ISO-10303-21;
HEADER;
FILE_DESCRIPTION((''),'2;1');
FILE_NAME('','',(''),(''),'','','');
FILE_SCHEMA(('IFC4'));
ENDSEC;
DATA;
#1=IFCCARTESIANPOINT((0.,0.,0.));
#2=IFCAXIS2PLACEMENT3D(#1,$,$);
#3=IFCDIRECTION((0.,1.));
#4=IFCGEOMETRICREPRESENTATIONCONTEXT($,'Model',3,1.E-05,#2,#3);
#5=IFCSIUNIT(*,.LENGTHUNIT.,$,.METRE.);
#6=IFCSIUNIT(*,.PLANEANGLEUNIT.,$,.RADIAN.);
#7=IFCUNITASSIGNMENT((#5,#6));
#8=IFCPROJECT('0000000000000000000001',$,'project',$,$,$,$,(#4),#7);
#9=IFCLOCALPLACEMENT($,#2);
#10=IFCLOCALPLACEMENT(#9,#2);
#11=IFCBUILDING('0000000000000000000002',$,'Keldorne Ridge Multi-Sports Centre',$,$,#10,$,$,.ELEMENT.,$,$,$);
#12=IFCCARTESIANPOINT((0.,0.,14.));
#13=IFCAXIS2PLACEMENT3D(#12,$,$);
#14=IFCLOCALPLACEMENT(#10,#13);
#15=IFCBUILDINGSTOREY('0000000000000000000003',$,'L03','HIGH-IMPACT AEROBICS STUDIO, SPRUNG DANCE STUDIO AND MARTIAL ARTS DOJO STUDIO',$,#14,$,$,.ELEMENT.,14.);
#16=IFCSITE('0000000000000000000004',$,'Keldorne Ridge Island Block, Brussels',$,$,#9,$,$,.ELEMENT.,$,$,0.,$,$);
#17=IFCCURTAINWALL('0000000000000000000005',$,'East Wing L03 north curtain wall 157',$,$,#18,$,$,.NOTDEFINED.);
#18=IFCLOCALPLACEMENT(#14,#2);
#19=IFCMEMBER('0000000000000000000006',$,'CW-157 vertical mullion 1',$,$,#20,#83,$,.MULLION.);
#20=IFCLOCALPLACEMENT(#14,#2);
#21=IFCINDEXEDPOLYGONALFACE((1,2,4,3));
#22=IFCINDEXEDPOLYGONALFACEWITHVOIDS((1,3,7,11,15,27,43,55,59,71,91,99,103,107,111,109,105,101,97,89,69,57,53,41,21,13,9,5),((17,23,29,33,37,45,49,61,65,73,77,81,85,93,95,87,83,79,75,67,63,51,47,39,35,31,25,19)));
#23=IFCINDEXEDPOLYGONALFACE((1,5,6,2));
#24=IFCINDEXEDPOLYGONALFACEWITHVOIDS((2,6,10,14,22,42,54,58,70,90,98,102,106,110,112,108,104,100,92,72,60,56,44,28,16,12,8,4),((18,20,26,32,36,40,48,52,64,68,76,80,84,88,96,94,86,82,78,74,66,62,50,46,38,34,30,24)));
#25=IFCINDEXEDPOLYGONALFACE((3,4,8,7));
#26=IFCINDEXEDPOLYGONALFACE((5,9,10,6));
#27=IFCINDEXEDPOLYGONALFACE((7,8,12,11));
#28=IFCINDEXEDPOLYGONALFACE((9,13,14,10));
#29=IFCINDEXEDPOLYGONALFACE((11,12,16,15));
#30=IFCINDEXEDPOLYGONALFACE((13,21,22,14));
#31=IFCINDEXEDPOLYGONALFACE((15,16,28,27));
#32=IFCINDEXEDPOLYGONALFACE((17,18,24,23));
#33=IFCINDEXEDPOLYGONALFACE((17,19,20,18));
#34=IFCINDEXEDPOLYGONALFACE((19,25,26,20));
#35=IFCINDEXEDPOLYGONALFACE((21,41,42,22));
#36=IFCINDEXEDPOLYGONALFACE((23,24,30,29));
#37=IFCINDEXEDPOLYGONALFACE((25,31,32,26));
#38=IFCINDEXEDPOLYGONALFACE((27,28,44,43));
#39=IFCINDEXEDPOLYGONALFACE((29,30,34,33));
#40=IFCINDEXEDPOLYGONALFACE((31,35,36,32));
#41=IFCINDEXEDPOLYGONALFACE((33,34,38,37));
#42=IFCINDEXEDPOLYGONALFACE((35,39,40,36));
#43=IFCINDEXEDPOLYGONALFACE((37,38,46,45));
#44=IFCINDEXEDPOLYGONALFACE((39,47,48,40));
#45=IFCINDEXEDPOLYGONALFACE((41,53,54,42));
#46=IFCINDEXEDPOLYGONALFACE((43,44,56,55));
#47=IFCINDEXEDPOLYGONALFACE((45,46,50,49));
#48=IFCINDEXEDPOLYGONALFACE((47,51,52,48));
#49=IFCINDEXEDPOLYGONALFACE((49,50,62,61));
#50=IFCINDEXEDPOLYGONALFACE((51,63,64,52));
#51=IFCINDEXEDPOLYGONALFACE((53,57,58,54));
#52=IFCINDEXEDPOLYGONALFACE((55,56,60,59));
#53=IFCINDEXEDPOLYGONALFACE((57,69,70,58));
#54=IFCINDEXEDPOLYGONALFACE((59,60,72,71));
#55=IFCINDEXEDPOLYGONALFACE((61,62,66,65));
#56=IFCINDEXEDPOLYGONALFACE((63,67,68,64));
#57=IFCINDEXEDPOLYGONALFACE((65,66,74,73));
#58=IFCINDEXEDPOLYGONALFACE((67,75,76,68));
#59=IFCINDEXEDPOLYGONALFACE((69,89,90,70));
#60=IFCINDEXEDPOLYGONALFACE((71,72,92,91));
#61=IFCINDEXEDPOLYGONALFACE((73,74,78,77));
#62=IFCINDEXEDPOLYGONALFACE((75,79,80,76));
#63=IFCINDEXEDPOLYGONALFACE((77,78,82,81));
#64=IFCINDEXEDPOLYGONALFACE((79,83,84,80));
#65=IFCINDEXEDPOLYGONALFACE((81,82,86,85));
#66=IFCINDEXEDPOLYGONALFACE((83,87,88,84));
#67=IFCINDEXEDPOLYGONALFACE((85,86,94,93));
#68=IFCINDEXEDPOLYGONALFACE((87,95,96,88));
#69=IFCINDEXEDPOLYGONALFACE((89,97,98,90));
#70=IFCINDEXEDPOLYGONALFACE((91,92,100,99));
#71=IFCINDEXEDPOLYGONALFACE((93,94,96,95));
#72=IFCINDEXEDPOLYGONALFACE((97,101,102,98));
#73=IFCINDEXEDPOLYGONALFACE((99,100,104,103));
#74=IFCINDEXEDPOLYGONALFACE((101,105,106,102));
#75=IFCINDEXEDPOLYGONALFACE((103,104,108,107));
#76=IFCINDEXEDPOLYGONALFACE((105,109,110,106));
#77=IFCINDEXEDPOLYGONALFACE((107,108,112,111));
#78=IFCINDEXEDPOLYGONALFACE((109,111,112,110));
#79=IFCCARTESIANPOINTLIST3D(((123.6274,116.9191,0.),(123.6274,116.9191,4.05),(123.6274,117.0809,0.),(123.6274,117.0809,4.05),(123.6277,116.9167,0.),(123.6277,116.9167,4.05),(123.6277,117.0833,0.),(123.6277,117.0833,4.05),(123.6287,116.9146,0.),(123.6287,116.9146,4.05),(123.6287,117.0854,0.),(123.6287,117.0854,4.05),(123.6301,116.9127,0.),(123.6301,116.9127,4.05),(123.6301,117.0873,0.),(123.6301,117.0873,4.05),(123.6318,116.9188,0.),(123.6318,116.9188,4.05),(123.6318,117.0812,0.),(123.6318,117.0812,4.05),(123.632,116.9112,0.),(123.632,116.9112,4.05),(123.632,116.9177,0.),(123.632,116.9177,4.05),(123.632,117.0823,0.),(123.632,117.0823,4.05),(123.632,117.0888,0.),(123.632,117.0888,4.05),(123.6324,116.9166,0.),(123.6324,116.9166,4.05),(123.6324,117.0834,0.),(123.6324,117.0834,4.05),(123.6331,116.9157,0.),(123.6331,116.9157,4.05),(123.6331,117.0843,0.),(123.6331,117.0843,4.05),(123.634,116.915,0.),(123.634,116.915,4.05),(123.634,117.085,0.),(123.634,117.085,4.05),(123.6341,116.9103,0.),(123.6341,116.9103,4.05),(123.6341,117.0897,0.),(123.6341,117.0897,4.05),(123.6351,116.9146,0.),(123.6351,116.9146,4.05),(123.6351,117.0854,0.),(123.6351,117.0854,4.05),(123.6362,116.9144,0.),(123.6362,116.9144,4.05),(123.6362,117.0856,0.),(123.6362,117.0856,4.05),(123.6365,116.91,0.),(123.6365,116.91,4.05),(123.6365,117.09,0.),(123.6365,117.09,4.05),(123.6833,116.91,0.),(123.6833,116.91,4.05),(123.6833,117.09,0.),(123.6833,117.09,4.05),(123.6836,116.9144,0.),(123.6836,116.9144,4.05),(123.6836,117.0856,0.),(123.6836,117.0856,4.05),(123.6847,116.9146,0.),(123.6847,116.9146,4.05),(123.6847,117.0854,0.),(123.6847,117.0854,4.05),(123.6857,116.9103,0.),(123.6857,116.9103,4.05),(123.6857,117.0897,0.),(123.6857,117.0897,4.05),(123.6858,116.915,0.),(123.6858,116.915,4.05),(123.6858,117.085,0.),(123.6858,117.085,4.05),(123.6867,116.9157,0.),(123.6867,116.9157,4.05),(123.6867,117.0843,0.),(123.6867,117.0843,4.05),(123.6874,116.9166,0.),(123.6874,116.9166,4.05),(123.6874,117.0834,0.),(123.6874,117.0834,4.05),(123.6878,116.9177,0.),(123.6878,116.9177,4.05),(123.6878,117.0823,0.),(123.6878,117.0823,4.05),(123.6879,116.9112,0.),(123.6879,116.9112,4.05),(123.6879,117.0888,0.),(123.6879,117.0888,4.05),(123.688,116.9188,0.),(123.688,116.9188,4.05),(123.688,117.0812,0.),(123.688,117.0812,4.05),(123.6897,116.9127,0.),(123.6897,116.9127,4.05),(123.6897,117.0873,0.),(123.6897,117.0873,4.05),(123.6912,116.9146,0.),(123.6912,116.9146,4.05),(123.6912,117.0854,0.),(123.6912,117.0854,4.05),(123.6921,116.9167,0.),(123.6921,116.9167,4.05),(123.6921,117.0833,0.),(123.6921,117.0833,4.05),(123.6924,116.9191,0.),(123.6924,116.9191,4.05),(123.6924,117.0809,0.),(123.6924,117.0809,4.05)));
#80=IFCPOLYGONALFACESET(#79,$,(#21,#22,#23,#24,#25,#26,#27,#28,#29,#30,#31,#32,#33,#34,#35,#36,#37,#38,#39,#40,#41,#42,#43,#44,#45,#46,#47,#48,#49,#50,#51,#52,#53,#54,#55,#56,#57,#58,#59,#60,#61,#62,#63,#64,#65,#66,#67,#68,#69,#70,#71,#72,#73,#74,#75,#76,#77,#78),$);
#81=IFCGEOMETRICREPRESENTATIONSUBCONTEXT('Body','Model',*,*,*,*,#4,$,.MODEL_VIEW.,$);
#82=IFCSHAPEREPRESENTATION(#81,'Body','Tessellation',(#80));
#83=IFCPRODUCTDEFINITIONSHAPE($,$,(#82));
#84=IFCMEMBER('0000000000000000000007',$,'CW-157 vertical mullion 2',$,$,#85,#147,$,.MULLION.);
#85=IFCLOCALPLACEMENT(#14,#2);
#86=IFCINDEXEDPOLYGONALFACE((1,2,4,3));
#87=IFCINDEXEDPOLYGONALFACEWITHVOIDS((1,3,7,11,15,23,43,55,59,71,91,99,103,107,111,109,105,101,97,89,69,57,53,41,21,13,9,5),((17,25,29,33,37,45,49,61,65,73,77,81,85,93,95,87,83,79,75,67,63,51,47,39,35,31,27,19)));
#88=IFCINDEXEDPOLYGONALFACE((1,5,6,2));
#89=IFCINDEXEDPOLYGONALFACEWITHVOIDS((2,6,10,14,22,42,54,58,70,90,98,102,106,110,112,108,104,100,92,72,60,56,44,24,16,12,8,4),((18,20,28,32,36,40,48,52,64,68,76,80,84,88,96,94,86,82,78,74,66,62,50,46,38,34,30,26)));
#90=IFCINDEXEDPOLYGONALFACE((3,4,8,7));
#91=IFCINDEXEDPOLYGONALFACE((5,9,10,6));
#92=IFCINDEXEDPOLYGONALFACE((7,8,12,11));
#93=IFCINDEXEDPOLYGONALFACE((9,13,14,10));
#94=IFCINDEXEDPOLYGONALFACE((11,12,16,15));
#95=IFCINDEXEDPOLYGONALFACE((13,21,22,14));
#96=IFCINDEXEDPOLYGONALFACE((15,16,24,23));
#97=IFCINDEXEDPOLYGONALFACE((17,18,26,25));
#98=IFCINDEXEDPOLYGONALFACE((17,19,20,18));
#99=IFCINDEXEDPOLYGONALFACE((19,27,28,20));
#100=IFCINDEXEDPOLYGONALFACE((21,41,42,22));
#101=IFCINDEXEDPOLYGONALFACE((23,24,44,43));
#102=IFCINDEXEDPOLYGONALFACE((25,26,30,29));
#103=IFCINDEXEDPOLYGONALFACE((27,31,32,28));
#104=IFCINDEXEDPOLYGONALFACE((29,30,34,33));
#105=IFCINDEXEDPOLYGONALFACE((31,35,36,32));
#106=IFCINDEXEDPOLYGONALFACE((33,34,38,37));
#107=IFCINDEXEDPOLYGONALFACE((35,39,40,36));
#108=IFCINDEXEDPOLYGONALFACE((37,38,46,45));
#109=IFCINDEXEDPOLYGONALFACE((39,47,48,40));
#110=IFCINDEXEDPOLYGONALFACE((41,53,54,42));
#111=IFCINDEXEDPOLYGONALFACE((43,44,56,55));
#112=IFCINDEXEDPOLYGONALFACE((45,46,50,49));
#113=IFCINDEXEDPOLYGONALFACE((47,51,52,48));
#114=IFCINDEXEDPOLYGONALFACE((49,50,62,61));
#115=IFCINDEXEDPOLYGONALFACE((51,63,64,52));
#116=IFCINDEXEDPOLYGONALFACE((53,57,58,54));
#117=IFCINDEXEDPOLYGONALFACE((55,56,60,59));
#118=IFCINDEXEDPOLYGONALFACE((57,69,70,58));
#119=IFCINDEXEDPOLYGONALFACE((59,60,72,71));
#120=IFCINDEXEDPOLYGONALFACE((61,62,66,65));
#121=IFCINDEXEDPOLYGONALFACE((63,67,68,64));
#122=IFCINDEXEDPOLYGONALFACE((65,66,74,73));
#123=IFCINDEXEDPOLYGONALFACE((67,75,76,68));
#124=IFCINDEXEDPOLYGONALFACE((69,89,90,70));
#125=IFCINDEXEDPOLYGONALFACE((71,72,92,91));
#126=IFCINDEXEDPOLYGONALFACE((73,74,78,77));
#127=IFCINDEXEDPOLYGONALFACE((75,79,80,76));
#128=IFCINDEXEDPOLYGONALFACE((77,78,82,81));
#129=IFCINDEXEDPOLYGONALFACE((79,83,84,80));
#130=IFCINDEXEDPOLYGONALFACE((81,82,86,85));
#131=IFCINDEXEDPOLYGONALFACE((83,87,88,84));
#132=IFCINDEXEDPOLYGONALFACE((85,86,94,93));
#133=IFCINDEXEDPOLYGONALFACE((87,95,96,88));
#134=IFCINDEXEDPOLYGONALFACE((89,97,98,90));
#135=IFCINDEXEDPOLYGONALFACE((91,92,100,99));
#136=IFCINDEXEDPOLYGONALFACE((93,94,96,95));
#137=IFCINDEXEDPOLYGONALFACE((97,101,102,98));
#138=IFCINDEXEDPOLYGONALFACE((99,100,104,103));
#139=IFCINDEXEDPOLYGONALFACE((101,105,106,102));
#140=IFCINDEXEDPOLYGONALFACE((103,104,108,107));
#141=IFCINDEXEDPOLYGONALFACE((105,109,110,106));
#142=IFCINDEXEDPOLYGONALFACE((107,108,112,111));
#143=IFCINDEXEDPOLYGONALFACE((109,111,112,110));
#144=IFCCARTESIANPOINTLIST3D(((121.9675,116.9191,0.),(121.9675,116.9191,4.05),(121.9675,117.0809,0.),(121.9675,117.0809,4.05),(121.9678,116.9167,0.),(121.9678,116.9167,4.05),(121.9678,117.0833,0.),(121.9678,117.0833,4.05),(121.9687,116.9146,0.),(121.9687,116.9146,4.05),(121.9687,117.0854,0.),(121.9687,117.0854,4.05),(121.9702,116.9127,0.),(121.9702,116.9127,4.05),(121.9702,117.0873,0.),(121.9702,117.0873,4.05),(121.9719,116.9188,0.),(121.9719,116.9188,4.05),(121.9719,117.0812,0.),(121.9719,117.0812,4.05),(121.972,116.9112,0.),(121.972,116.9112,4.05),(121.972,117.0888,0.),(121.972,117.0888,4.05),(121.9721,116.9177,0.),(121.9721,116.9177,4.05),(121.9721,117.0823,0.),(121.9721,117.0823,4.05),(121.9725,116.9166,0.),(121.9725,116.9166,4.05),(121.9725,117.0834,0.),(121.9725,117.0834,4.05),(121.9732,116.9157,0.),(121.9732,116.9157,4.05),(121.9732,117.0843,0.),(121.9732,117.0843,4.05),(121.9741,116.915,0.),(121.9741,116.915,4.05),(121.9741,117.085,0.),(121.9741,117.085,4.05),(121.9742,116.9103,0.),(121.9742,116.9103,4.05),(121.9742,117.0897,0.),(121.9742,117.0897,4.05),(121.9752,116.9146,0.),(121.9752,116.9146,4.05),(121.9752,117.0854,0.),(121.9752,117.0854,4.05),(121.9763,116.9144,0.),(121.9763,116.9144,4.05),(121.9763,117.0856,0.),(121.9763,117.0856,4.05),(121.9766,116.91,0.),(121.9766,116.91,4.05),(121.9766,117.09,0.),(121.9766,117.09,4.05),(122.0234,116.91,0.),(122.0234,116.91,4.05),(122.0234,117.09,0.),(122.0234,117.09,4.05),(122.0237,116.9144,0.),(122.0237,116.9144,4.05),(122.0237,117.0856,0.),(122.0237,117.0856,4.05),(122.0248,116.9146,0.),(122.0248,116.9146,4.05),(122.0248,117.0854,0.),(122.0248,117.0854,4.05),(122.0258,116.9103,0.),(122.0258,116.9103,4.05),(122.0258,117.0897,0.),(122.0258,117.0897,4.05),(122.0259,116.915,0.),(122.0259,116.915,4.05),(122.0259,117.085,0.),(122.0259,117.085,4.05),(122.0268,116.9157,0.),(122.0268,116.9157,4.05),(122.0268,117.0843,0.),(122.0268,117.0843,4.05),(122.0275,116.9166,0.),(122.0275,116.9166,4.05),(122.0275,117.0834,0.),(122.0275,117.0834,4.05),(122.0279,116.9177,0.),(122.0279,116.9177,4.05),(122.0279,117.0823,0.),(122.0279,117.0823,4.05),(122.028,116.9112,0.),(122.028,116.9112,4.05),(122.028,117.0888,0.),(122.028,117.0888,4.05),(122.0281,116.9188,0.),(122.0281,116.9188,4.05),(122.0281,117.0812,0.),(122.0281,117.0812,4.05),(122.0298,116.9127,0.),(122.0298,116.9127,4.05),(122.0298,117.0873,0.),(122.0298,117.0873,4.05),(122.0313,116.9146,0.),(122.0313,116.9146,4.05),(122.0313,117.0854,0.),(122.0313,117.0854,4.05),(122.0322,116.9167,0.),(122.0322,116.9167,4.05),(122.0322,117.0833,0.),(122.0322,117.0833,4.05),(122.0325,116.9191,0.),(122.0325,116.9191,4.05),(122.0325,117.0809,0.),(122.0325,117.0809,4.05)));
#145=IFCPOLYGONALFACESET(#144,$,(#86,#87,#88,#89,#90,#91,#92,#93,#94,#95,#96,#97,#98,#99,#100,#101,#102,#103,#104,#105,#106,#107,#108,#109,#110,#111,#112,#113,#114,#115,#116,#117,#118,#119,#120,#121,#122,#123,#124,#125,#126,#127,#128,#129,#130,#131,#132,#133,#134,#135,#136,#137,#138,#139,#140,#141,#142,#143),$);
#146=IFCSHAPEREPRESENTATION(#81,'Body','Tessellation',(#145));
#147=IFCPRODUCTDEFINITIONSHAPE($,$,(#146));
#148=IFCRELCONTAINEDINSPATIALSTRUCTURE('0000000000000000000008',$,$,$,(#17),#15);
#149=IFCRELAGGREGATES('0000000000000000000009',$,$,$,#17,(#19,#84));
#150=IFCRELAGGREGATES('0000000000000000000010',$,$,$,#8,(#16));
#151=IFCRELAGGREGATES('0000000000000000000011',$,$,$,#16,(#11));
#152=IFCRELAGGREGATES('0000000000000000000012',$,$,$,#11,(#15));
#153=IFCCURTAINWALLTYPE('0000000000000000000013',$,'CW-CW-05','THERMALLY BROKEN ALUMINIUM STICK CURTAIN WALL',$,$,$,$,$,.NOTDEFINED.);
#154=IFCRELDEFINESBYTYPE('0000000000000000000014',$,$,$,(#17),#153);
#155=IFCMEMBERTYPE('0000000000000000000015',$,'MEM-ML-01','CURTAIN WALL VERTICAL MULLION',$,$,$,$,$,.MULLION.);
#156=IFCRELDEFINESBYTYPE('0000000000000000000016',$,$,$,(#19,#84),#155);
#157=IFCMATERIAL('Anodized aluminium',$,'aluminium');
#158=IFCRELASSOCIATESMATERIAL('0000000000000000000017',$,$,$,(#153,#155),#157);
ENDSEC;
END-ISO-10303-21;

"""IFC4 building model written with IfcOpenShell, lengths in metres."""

from ifc_helpers import new_model, si_unit, direction, frame, origin, origin_2d, place, context, subcontext, project, spatial, hollow_rectangle, extrude, material, material_profile, profile_set, type_object, element, aggregate, save


model = new_model("IFC4")

# Units and contexts
model_context = context("Model", 3, precision=1e-05, world=origin(), true_north=direction((0.0, 1.0)))
body_context = subcontext(model_context, "Body", "Model", "MODEL_VIEW")
ifc_project = project(units=[si_unit("LENGTHUNIT", "METRE"), si_unit("PLANEANGLEUNIT", "RADIAN")], contexts=[model_context])

# Site, building, storey
site_placement = place(None, origin())
site = spatial("IfcSite", under=ifc_project, at=site_placement, Name="Keldorne Ridge Island Block, Brussels", CompositionType="ELEMENT", RefElevation=0.0)
building_placement = place(site_placement, origin())
building = spatial("IfcBuilding", under=site, at=building_placement, Name="Keldorne Ridge Multi-Sports Centre", CompositionType="ELEMENT")
storey_placement = place(building_placement, frame((0.0, 0.0, 14.0)))
storey = spatial("IfcBuildingStorey", under=building, at=storey_placement, Name="L03", Description="HIGH-IMPACT AEROBICS STUDIO, SPRUNG DANCE STUDIO AND MARTIAL ARTS DOJO STUDIO", CompositionType="ELEMENT", Elevation=14.0)

# Curtain wall, members
ifc_material_1 = material(Name="Anodized aluminium", Category="aluminium")
curtain_wall_type = type_object("IfcCurtainWallType", Name="CW-CW-05", Description="THERMALLY BROKEN ALUMINIUM STICK CURTAIN WALL", PredefinedType="NOTDEFINED", material=ifc_material_1)
curtain_wall_placement = place(storey_placement, origin())
curtain_wall = element("IfcCurtainWall", 1, at=curtain_wall_placement, inside=storey, type_object=curtain_wall_type, Name="East Wing L03 north curtain wall 157", PredefinedType="NOTDEFINED")
ifc_material_profile_1 = material_profile(ifc_material_1, hollow_rectangle(XDim=0.0649, YDim=0.1799, WallThickness=0.0044, InnerFilletRadius=0.0044, OuterFilletRadius=0.009, at=origin_2d()), Name="ALU MULLION 180x65x4.5")
ifc_profile_set_1 = profile_set([ifc_material_profile_1], Name="Anodized aluminium")
member_type_1 = type_object("IfcMemberType", Name="MEM-ML-01", Description="CURTAIN WALL VERTICAL MULLION", PredefinedType="MULLION", material=ifc_profile_set_1)
member_1_placement = place(storey_placement, frame((123.6599, 117.0, 0.0), z_axis=(0.0, 0.0, 1.0), x_axis=(1.0, 0.0, 0.0)))
member_1 = element("IfcMember", 2, at=member_1_placement, type_object=member_type_1, Name="CW-157 vertical mullion 1", PredefinedType="MULLION", context=body_context, shape_type="SweptSolid", body=[
    extrude(hollow_rectangle(XDim=0.0649, YDim=0.1799, WallThickness=0.0044, InnerFilletRadius=0.0044, OuterFilletRadius=0.009, at=origin_2d()), origin(), (0.0, 0.0, 1.0), 4.05),
])
member_2_placement = place(storey_placement, frame((122.0, 117.0, 0.0), z_axis=(0.0, 0.0, 1.0), x_axis=(1.0, 0.0, 0.0)))
member_2 = element("IfcMember", 3, at=member_2_placement, type_object=member_type_1, Name="CW-157 vertical mullion 2", PredefinedType="MULLION", context=body_context, shape_type="SweptSolid", body=[
    extrude(hollow_rectangle(XDim=0.0649, YDim=0.1799, WallThickness=0.0044, InnerFilletRadius=0.0044, OuterFilletRadius=0.009, at=origin_2d()), origin(), (0.0, 0.0, 1.0), 4.05),
])
aggregate(curtain_wall, [member_1, member_2])

save(model, "model.ifc")
